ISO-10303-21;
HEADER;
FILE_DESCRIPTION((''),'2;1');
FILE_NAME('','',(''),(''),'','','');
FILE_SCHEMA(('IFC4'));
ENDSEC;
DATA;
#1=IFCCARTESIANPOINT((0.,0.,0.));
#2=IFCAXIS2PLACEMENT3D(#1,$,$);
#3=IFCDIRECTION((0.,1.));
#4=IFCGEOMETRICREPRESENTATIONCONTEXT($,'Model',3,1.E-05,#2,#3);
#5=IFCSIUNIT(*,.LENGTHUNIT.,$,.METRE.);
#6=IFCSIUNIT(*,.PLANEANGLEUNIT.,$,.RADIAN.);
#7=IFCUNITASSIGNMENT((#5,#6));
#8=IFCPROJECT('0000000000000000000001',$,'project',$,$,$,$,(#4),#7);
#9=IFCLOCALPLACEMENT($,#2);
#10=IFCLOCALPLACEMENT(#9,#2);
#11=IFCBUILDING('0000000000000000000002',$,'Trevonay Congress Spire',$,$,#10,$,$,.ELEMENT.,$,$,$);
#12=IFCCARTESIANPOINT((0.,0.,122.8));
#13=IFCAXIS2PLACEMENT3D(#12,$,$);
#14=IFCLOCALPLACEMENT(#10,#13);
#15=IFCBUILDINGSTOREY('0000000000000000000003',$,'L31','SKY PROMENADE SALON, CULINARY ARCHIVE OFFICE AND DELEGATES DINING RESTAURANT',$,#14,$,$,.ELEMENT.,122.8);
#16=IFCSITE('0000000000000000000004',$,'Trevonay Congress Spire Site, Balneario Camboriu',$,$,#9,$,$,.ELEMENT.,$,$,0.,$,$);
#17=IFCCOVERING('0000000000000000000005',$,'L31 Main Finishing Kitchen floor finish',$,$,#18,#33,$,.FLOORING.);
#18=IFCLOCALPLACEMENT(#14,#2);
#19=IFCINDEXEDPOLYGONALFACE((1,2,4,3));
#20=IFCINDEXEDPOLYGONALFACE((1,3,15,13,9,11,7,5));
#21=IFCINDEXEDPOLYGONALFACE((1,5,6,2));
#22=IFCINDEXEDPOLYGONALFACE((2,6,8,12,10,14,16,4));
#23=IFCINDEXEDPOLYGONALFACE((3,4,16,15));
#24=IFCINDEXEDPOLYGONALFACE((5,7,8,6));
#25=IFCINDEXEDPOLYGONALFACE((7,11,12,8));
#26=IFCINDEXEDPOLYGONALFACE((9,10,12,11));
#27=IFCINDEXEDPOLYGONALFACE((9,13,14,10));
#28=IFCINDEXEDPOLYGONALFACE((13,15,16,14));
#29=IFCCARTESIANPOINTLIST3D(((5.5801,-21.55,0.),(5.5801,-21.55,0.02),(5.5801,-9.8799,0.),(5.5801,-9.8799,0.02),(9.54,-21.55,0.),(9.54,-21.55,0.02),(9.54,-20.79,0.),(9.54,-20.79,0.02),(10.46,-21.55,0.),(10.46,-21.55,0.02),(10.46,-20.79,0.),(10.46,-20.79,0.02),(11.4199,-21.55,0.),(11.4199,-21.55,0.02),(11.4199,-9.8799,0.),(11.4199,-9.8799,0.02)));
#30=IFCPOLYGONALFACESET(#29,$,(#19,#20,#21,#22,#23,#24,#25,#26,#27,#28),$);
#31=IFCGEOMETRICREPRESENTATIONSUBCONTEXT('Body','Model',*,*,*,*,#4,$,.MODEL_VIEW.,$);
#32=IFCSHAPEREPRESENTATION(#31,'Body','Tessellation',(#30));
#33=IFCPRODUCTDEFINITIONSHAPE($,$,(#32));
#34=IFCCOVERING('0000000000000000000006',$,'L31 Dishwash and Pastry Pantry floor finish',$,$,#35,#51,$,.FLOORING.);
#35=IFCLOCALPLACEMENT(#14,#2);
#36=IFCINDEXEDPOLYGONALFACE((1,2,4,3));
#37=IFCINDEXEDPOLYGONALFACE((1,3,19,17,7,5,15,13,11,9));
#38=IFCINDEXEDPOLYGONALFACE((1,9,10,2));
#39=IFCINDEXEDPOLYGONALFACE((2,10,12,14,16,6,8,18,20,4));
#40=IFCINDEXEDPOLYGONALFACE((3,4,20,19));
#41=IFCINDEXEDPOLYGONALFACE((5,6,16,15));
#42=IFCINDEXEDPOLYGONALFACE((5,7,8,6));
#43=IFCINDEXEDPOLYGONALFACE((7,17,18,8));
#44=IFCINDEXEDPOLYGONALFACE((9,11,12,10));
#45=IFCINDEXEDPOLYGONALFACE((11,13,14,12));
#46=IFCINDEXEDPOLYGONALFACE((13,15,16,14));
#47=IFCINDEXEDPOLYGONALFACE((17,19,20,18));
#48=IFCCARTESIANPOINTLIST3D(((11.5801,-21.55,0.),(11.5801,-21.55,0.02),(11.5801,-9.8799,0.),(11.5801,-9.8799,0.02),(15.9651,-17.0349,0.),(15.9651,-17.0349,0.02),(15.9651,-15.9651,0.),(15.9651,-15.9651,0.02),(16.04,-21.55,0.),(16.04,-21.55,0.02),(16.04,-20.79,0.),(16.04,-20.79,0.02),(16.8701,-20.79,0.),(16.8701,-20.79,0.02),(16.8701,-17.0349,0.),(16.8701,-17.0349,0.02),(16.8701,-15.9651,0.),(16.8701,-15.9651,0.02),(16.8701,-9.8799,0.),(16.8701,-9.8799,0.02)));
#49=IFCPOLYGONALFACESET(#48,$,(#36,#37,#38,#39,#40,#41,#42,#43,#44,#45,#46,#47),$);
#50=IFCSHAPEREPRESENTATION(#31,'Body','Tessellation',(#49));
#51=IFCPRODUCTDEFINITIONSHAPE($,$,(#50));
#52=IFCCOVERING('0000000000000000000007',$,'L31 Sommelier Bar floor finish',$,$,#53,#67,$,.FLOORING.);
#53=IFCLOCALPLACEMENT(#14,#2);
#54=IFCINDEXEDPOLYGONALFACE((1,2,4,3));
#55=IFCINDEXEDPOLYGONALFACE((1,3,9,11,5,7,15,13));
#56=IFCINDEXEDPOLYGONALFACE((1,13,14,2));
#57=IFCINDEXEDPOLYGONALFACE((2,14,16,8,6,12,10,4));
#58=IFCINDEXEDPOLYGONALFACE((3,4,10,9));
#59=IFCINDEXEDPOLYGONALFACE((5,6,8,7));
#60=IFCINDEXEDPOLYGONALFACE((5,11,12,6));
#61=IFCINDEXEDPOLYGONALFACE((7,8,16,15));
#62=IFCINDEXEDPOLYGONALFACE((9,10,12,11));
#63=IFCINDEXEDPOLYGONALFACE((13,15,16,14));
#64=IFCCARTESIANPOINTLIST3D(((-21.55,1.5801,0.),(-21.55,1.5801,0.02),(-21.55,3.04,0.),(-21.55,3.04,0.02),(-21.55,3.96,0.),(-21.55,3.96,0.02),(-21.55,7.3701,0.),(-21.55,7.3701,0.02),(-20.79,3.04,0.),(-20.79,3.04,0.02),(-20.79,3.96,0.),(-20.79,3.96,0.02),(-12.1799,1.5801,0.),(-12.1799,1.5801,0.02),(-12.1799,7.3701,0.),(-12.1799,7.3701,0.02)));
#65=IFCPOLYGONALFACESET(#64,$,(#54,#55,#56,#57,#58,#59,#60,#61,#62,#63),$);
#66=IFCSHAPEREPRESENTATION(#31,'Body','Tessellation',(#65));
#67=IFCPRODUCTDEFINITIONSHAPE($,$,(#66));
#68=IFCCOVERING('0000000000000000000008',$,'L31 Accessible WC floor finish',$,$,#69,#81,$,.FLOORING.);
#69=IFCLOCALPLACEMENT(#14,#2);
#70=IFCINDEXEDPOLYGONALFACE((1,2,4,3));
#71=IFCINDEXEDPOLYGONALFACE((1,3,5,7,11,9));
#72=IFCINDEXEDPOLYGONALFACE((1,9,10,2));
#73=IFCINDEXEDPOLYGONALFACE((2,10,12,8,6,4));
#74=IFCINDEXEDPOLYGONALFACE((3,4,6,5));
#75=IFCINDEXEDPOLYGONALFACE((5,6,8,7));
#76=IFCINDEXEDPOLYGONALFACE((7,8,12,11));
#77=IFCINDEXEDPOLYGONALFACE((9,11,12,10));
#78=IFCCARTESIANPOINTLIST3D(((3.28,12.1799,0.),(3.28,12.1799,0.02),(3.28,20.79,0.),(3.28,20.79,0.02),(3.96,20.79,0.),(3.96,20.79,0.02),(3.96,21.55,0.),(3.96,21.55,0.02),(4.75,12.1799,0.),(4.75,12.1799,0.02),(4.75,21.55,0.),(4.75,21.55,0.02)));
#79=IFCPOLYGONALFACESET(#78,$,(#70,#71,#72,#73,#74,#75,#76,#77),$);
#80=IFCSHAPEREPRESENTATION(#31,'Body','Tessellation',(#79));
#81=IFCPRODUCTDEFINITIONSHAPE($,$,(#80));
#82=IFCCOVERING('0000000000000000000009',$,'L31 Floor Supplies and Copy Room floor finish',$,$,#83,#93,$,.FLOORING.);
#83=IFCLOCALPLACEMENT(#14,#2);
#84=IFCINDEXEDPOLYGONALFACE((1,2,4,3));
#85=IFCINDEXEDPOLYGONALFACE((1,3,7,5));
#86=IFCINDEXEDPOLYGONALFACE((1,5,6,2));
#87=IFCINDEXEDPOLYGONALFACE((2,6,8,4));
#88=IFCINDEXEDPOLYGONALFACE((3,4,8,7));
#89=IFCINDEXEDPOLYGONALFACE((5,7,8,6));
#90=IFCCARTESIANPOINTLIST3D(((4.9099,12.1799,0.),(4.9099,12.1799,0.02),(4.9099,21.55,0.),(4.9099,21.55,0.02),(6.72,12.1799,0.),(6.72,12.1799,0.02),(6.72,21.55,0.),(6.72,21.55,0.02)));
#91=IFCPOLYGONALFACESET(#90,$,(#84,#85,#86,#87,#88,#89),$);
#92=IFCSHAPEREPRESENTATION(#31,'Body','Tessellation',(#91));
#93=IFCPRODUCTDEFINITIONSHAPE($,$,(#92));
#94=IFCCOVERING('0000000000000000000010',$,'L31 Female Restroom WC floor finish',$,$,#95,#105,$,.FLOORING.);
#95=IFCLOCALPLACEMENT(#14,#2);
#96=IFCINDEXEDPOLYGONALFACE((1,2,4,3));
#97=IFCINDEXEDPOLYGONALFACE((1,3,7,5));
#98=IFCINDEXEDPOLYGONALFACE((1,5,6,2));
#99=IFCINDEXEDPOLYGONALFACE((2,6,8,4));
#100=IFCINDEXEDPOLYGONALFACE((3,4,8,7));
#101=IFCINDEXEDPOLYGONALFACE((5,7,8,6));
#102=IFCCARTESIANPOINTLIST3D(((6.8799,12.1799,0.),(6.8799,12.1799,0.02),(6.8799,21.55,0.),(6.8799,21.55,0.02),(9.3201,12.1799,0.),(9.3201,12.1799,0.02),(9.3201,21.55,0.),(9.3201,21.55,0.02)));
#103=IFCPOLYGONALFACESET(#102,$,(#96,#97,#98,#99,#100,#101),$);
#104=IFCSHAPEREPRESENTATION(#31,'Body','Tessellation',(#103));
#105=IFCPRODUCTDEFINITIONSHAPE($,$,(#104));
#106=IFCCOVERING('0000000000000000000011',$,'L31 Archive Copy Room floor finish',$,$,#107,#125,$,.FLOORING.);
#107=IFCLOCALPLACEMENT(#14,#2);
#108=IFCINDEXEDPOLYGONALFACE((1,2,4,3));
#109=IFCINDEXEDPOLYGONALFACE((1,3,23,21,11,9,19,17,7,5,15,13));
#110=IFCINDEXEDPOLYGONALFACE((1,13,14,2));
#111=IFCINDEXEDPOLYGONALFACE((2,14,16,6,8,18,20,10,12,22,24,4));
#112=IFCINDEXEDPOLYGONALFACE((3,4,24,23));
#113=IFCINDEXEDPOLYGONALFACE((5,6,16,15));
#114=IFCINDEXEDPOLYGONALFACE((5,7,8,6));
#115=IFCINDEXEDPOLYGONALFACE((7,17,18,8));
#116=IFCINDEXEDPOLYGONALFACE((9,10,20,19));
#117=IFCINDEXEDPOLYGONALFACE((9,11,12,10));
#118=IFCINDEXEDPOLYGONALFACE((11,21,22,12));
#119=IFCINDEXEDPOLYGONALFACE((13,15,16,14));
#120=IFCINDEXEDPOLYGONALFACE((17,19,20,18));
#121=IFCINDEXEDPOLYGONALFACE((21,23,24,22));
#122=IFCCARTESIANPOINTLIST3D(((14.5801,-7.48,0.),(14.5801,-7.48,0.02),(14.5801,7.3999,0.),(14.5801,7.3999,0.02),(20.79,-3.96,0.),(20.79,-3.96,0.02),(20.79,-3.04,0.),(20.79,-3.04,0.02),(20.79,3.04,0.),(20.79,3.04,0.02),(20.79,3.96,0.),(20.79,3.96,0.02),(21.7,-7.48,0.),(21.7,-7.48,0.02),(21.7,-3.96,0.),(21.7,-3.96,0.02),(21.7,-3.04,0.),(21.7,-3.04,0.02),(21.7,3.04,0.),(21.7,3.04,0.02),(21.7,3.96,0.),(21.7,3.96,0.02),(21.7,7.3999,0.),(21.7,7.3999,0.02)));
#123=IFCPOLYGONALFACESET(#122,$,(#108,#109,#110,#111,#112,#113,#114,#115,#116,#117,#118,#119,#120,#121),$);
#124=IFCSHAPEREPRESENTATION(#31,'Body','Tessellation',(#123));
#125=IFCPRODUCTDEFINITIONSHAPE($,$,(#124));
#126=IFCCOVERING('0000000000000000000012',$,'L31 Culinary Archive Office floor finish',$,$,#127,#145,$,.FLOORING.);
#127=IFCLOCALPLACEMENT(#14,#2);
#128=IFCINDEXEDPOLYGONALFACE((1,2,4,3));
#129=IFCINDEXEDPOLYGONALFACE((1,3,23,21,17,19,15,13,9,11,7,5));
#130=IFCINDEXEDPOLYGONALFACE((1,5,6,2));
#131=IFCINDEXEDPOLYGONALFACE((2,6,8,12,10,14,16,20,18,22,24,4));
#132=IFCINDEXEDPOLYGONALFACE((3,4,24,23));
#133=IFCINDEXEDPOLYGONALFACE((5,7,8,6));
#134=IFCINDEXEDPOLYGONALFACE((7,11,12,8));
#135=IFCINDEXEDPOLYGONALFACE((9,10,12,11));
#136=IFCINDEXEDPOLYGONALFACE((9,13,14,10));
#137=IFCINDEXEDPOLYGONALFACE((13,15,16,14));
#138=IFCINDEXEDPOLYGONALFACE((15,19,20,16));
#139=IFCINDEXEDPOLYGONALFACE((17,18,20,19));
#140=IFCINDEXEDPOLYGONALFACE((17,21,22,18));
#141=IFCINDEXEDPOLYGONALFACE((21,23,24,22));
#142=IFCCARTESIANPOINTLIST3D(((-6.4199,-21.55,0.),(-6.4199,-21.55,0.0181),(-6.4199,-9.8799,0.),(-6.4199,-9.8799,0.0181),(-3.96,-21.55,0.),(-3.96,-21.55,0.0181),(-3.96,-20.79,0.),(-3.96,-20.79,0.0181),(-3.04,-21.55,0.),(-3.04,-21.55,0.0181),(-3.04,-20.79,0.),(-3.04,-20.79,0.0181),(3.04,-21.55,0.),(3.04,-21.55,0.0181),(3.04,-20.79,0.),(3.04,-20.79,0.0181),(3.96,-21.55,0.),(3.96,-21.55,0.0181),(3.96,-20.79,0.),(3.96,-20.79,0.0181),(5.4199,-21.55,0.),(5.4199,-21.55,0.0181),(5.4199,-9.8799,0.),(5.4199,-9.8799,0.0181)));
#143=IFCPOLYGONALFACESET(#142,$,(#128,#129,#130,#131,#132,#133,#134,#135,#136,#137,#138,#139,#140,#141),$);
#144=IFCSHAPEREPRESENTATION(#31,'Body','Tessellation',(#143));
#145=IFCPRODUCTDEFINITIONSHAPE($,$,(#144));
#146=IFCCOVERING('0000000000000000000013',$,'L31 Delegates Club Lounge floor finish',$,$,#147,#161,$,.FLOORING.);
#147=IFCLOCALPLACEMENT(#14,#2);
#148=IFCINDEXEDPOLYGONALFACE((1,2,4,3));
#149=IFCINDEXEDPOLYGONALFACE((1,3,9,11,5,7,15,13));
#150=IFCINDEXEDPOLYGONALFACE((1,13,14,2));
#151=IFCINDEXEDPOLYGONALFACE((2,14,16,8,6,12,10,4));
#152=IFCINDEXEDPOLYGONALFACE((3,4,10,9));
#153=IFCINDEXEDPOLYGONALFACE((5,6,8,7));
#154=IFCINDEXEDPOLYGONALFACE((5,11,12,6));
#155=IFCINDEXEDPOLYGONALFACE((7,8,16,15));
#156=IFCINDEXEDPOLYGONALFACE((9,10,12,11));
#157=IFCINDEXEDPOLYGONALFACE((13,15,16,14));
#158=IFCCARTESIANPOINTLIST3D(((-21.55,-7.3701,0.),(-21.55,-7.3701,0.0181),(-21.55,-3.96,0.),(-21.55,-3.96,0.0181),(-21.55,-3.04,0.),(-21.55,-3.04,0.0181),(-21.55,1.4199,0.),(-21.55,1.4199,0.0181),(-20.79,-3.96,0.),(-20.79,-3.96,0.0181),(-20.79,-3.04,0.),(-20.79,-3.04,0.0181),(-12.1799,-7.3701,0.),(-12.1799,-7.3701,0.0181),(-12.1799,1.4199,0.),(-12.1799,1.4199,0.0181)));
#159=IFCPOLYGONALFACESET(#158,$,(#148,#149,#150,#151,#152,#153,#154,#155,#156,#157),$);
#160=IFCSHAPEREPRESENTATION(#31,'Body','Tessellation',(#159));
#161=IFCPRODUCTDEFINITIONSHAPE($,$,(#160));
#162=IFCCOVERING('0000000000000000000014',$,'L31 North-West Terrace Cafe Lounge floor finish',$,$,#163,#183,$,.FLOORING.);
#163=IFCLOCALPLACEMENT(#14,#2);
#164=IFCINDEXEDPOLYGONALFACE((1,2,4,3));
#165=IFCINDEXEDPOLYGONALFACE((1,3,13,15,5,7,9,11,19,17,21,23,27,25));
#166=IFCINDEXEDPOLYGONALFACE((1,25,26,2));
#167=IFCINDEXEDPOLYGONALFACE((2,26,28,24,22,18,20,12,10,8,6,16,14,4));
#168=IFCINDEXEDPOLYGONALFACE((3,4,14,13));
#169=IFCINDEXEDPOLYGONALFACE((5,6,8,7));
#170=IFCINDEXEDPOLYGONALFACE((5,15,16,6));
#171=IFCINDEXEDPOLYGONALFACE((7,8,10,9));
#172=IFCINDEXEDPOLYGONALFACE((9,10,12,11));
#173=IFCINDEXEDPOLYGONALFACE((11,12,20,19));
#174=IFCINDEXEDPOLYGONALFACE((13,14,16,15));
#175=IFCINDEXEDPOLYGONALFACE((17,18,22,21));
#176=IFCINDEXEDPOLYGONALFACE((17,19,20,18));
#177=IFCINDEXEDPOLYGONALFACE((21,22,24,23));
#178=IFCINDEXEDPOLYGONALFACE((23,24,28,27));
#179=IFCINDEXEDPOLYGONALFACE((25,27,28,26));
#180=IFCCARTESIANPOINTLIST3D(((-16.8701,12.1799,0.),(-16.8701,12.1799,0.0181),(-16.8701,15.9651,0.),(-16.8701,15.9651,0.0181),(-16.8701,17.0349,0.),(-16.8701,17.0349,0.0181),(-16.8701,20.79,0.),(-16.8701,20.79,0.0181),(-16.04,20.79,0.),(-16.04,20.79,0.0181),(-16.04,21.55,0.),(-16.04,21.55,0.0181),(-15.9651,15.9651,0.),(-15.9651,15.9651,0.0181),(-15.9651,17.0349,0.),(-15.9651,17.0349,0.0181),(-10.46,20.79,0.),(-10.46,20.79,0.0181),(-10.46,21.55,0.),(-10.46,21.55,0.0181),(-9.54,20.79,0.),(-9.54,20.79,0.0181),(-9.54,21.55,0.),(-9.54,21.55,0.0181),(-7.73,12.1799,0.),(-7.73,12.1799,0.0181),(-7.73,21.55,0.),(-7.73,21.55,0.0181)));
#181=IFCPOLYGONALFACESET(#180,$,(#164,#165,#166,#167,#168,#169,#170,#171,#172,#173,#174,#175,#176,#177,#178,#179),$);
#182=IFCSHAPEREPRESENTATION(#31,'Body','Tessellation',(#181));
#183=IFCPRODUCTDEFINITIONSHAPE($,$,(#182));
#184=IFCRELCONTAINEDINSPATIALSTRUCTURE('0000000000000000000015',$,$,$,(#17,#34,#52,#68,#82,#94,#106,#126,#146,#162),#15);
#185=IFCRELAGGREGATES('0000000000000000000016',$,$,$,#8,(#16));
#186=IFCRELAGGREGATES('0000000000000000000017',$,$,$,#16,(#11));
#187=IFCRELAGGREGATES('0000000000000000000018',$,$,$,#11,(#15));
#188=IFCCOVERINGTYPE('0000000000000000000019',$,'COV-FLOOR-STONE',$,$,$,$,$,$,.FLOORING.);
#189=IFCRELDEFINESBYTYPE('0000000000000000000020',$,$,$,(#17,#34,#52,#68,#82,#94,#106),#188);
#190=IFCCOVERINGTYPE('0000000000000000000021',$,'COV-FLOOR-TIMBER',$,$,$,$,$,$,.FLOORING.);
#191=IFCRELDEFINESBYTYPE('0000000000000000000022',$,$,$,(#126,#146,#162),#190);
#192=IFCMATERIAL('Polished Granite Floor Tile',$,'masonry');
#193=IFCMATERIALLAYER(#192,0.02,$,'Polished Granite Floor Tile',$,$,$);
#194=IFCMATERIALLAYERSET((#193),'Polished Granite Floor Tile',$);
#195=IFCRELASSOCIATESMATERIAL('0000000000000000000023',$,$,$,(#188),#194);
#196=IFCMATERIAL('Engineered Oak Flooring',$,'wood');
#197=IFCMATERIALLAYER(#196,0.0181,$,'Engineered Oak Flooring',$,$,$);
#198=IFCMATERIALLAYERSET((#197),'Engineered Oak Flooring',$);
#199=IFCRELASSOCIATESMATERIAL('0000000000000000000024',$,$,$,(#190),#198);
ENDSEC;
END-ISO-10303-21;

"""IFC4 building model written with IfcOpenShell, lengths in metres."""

from ifc_helpers import new_model, si_unit, direction, frame, origin, place, context, subcontext, project, spatial, polyline, outline, extrude, material, layer, layer_set, type_object, element, save


model = new_model("IFC4")

# Units and contexts
model_context = context("Model", 3, precision=1e-05, world=origin(), true_north=direction((0.0, 1.0)))
body_context = subcontext(model_context, "Body", "Model", "MODEL_VIEW")
ifc_project = project(units=[si_unit("LENGTHUNIT", "METRE"), si_unit("PLANEANGLEUNIT", "RADIAN")], contexts=[model_context])

# Site, building, storey
site_placement = place(None, origin())
site = spatial("IfcSite", under=ifc_project, at=site_placement, Name="Trevonay Congress Spire Site, Balneario Camboriu", CompositionType="ELEMENT", RefElevation=0.0)
building_placement = place(site_placement, origin())
building = spatial("IfcBuilding", under=site, at=building_placement, Name="Trevonay Congress Spire", CompositionType="ELEMENT")
storey_placement = place(building_placement, frame((0.0, 0.0, 122.8)))
storey = spatial("IfcBuildingStorey", under=building, at=storey_placement, Name="L31", Description="SKY PROMENADE SALON, CULINARY ARCHIVE OFFICE AND DELEGATES DINING RESTAURANT", CompositionType="ELEMENT", Elevation=122.8)

# Coverings
ifc_material_1 = material(Name="Polished Granite Floor Tile", Category="masonry")
ifc_layer_1 = layer(ifc_material_1, 0.02, Name="Polished Granite Floor Tile")
ifc_layer_set_1 = layer_set([ifc_layer_1], Name="Polished Granite Floor Tile")
covering_type_1 = type_object("IfcCoveringType", Name="COV-FLOOR-STONE", PredefinedType="FLOORING", material=ifc_layer_set_1)
covering_1_placement = place(storey_placement, origin())
element("IfcCovering", 1, at=covering_1_placement, inside=storey, type_object=covering_type_1, Name="L31 Main Finishing Kitchen floor finish", PredefinedType="FLOORING", context=body_context, shape_type="SweptSolid", body=[
    extrude(outline(polyline([(5.5801, -21.55), (5.5801, -9.8799), (11.4199, -9.8799), (11.4199, -21.55), (10.46, -21.55), (10.46, -20.79), (9.54, -20.79), (9.54, -21.55), (5.5801, -21.55)])), origin(), (0.0, 0.0, 1.0), 0.02),
])
covering_2_placement = place(storey_placement, origin())
element("IfcCovering", 2, at=covering_2_placement, inside=storey, type_object=covering_type_1, Name="L31 Dishwash and Pastry Pantry floor finish", PredefinedType="FLOORING", context=body_context, shape_type="SweptSolid", body=[
    extrude(outline(polyline([(11.5801, -21.55), (11.5801, -9.8799), (16.8701, -9.8799), (16.8701, -15.9651), (15.9651, -15.9651), (15.9651, -17.0349), (16.8701, -17.0349), (16.8701, -20.79), (16.04, -20.79), (16.04, -21.55), (11.5801, -21.55)])), origin(), (0.0, 0.0, 1.0), 0.02),
])
covering_3_placement = place(storey_placement, origin())
element("IfcCovering", 3, at=covering_3_placement, inside=storey, type_object=covering_type_1, Name="L31 Sommelier Bar floor finish", PredefinedType="FLOORING", context=body_context, shape_type="SweptSolid", body=[
    extrude(outline(polyline([(-21.55, 7.3701), (-12.1799, 7.3701), (-12.1799, 1.5801), (-21.55, 1.5801), (-21.55, 3.04), (-20.79, 3.04), (-20.79, 3.96), (-21.55, 3.96), (-21.55, 7.3701)])), origin(), (0.0, 0.0, 1.0), 0.02),
])
covering_4_placement = place(storey_placement, origin())
element("IfcCovering", 4, at=covering_4_placement, inside=storey, type_object=covering_type_1, Name="L31 Accessible WC floor finish", PredefinedType="FLOORING", context=body_context, shape_type="SweptSolid", body=[
    extrude(outline(polyline([(4.75, 21.55), (4.75, 12.1799), (3.28, 12.1799), (3.28, 20.79), (3.96, 20.79), (3.96, 21.55), (4.75, 21.55)])), origin(), (0.0, 0.0, 1.0), 0.02),
])
covering_5_placement = place(storey_placement, origin())
element("IfcCovering", 5, at=covering_5_placement, inside=storey, type_object=covering_type_1, Name="L31 Floor Supplies and Copy Room floor finish", PredefinedType="FLOORING", context=body_context, shape_type="SweptSolid", body=[
    extrude(outline(polyline([(4.9099, 12.1799), (6.72, 12.1799), (6.72, 21.55), (4.9099, 21.55), (4.9099, 12.1799)])), origin(), (0.0, 0.0, 1.0), 0.02),
])
covering_6_placement = place(storey_placement, origin())
element("IfcCovering", 6, at=covering_6_placement, inside=storey, type_object=covering_type_1, Name="L31 Female Restroom WC floor finish", PredefinedType="FLOORING", context=body_context, shape_type="SweptSolid", body=[
    extrude(outline(polyline([(6.8799, 12.1799), (9.3201, 12.1799), (9.3201, 21.55), (6.8799, 21.55), (6.8799, 12.1799)])), origin(), (0.0, 0.0, 1.0), 0.02),
])
covering_7_placement = place(storey_placement, origin())
element("IfcCovering", 7, at=covering_7_placement, inside=storey, type_object=covering_type_1, Name="L31 Archive Copy Room floor finish", PredefinedType="FLOORING", context=body_context, shape_type="SweptSolid", body=[
    extrude(outline(polyline([(21.7, -7.48), (14.5801, -7.48), (14.5801, 7.3999), (21.7, 7.3999), (21.7, 3.96), (20.79, 3.96), (20.79, 3.04), (21.7, 3.04), (21.7, -3.04), (20.79, -3.04), (20.79, -3.96), (21.7, -3.96), (21.7, -7.48)])), origin(), (0.0, 0.0, 1.0), 0.02),
])
ifc_material_2 = material(Name="Engineered Oak Flooring", Category="wood")
ifc_layer_2 = layer(ifc_material_2, 0.0181, Name="Engineered Oak Flooring")
ifc_layer_set_2 = layer_set([ifc_layer_2], Name="Engineered Oak Flooring")
covering_type_2 = type_object("IfcCoveringType", Name="COV-FLOOR-TIMBER", PredefinedType="FLOORING", material=ifc_layer_set_2)
covering_8_placement = place(storey_placement, origin())
element("IfcCovering", 8, at=covering_8_placement, inside=storey, type_object=covering_type_2, Name="L31 Culinary Archive Office floor finish", PredefinedType="FLOORING", context=body_context, shape_type="SweptSolid", body=[
    extrude(outline(polyline([(-6.4199, -21.55), (-6.4199, -9.8799), (5.4199, -9.8799), (5.4199, -21.55), (3.96, -21.55), (3.96, -20.79), (3.04, -20.79), (3.04, -21.55), (-3.04, -21.55), (-3.04, -20.79), (-3.96, -20.79), (-3.96, -21.55), (-6.4199, -21.55)])), origin(), (0.0, 0.0, 1.0), 0.0181),
])
covering_9_placement = place(storey_placement, origin())
element("IfcCovering", 9, at=covering_9_placement, inside=storey, type_object=covering_type_2, Name="L31 Delegates Club Lounge floor finish", PredefinedType="FLOORING", context=body_context, shape_type="SweptSolid", body=[
    extrude(outline(polyline([(-21.55, 1.4199), (-12.1799, 1.4199), (-12.1799, -7.3701), (-21.55, -7.3701), (-21.55, -3.96), (-20.79, -3.96), (-20.79, -3.04), (-21.55, -3.04), (-21.55, 1.4199)])), origin(), (0.0, 0.0, 1.0), 0.0181),
])
covering_10_placement = place(storey_placement, origin())
element("IfcCovering", 10, at=covering_10_placement, inside=storey, type_object=covering_type_2, Name="L31 North-West Terrace Cafe Lounge floor finish", PredefinedType="FLOORING", context=body_context, shape_type="SweptSolid", body=[
    extrude(outline(polyline([(-7.73, 21.55), (-7.73, 12.1799), (-16.8701, 12.1799), (-16.8701, 15.9651), (-15.9651, 15.9651), (-15.9651, 17.0349), (-16.8701, 17.0349), (-16.8701, 20.79), (-16.04, 20.79), (-16.04, 21.55), (-10.46, 21.55), (-10.46, 20.79), (-9.54, 20.79), (-9.54, 21.55), (-7.73, 21.55)])), origin(), (0.0, 0.0, 1.0), 0.0181),
])

save(model, "model.ifc")
